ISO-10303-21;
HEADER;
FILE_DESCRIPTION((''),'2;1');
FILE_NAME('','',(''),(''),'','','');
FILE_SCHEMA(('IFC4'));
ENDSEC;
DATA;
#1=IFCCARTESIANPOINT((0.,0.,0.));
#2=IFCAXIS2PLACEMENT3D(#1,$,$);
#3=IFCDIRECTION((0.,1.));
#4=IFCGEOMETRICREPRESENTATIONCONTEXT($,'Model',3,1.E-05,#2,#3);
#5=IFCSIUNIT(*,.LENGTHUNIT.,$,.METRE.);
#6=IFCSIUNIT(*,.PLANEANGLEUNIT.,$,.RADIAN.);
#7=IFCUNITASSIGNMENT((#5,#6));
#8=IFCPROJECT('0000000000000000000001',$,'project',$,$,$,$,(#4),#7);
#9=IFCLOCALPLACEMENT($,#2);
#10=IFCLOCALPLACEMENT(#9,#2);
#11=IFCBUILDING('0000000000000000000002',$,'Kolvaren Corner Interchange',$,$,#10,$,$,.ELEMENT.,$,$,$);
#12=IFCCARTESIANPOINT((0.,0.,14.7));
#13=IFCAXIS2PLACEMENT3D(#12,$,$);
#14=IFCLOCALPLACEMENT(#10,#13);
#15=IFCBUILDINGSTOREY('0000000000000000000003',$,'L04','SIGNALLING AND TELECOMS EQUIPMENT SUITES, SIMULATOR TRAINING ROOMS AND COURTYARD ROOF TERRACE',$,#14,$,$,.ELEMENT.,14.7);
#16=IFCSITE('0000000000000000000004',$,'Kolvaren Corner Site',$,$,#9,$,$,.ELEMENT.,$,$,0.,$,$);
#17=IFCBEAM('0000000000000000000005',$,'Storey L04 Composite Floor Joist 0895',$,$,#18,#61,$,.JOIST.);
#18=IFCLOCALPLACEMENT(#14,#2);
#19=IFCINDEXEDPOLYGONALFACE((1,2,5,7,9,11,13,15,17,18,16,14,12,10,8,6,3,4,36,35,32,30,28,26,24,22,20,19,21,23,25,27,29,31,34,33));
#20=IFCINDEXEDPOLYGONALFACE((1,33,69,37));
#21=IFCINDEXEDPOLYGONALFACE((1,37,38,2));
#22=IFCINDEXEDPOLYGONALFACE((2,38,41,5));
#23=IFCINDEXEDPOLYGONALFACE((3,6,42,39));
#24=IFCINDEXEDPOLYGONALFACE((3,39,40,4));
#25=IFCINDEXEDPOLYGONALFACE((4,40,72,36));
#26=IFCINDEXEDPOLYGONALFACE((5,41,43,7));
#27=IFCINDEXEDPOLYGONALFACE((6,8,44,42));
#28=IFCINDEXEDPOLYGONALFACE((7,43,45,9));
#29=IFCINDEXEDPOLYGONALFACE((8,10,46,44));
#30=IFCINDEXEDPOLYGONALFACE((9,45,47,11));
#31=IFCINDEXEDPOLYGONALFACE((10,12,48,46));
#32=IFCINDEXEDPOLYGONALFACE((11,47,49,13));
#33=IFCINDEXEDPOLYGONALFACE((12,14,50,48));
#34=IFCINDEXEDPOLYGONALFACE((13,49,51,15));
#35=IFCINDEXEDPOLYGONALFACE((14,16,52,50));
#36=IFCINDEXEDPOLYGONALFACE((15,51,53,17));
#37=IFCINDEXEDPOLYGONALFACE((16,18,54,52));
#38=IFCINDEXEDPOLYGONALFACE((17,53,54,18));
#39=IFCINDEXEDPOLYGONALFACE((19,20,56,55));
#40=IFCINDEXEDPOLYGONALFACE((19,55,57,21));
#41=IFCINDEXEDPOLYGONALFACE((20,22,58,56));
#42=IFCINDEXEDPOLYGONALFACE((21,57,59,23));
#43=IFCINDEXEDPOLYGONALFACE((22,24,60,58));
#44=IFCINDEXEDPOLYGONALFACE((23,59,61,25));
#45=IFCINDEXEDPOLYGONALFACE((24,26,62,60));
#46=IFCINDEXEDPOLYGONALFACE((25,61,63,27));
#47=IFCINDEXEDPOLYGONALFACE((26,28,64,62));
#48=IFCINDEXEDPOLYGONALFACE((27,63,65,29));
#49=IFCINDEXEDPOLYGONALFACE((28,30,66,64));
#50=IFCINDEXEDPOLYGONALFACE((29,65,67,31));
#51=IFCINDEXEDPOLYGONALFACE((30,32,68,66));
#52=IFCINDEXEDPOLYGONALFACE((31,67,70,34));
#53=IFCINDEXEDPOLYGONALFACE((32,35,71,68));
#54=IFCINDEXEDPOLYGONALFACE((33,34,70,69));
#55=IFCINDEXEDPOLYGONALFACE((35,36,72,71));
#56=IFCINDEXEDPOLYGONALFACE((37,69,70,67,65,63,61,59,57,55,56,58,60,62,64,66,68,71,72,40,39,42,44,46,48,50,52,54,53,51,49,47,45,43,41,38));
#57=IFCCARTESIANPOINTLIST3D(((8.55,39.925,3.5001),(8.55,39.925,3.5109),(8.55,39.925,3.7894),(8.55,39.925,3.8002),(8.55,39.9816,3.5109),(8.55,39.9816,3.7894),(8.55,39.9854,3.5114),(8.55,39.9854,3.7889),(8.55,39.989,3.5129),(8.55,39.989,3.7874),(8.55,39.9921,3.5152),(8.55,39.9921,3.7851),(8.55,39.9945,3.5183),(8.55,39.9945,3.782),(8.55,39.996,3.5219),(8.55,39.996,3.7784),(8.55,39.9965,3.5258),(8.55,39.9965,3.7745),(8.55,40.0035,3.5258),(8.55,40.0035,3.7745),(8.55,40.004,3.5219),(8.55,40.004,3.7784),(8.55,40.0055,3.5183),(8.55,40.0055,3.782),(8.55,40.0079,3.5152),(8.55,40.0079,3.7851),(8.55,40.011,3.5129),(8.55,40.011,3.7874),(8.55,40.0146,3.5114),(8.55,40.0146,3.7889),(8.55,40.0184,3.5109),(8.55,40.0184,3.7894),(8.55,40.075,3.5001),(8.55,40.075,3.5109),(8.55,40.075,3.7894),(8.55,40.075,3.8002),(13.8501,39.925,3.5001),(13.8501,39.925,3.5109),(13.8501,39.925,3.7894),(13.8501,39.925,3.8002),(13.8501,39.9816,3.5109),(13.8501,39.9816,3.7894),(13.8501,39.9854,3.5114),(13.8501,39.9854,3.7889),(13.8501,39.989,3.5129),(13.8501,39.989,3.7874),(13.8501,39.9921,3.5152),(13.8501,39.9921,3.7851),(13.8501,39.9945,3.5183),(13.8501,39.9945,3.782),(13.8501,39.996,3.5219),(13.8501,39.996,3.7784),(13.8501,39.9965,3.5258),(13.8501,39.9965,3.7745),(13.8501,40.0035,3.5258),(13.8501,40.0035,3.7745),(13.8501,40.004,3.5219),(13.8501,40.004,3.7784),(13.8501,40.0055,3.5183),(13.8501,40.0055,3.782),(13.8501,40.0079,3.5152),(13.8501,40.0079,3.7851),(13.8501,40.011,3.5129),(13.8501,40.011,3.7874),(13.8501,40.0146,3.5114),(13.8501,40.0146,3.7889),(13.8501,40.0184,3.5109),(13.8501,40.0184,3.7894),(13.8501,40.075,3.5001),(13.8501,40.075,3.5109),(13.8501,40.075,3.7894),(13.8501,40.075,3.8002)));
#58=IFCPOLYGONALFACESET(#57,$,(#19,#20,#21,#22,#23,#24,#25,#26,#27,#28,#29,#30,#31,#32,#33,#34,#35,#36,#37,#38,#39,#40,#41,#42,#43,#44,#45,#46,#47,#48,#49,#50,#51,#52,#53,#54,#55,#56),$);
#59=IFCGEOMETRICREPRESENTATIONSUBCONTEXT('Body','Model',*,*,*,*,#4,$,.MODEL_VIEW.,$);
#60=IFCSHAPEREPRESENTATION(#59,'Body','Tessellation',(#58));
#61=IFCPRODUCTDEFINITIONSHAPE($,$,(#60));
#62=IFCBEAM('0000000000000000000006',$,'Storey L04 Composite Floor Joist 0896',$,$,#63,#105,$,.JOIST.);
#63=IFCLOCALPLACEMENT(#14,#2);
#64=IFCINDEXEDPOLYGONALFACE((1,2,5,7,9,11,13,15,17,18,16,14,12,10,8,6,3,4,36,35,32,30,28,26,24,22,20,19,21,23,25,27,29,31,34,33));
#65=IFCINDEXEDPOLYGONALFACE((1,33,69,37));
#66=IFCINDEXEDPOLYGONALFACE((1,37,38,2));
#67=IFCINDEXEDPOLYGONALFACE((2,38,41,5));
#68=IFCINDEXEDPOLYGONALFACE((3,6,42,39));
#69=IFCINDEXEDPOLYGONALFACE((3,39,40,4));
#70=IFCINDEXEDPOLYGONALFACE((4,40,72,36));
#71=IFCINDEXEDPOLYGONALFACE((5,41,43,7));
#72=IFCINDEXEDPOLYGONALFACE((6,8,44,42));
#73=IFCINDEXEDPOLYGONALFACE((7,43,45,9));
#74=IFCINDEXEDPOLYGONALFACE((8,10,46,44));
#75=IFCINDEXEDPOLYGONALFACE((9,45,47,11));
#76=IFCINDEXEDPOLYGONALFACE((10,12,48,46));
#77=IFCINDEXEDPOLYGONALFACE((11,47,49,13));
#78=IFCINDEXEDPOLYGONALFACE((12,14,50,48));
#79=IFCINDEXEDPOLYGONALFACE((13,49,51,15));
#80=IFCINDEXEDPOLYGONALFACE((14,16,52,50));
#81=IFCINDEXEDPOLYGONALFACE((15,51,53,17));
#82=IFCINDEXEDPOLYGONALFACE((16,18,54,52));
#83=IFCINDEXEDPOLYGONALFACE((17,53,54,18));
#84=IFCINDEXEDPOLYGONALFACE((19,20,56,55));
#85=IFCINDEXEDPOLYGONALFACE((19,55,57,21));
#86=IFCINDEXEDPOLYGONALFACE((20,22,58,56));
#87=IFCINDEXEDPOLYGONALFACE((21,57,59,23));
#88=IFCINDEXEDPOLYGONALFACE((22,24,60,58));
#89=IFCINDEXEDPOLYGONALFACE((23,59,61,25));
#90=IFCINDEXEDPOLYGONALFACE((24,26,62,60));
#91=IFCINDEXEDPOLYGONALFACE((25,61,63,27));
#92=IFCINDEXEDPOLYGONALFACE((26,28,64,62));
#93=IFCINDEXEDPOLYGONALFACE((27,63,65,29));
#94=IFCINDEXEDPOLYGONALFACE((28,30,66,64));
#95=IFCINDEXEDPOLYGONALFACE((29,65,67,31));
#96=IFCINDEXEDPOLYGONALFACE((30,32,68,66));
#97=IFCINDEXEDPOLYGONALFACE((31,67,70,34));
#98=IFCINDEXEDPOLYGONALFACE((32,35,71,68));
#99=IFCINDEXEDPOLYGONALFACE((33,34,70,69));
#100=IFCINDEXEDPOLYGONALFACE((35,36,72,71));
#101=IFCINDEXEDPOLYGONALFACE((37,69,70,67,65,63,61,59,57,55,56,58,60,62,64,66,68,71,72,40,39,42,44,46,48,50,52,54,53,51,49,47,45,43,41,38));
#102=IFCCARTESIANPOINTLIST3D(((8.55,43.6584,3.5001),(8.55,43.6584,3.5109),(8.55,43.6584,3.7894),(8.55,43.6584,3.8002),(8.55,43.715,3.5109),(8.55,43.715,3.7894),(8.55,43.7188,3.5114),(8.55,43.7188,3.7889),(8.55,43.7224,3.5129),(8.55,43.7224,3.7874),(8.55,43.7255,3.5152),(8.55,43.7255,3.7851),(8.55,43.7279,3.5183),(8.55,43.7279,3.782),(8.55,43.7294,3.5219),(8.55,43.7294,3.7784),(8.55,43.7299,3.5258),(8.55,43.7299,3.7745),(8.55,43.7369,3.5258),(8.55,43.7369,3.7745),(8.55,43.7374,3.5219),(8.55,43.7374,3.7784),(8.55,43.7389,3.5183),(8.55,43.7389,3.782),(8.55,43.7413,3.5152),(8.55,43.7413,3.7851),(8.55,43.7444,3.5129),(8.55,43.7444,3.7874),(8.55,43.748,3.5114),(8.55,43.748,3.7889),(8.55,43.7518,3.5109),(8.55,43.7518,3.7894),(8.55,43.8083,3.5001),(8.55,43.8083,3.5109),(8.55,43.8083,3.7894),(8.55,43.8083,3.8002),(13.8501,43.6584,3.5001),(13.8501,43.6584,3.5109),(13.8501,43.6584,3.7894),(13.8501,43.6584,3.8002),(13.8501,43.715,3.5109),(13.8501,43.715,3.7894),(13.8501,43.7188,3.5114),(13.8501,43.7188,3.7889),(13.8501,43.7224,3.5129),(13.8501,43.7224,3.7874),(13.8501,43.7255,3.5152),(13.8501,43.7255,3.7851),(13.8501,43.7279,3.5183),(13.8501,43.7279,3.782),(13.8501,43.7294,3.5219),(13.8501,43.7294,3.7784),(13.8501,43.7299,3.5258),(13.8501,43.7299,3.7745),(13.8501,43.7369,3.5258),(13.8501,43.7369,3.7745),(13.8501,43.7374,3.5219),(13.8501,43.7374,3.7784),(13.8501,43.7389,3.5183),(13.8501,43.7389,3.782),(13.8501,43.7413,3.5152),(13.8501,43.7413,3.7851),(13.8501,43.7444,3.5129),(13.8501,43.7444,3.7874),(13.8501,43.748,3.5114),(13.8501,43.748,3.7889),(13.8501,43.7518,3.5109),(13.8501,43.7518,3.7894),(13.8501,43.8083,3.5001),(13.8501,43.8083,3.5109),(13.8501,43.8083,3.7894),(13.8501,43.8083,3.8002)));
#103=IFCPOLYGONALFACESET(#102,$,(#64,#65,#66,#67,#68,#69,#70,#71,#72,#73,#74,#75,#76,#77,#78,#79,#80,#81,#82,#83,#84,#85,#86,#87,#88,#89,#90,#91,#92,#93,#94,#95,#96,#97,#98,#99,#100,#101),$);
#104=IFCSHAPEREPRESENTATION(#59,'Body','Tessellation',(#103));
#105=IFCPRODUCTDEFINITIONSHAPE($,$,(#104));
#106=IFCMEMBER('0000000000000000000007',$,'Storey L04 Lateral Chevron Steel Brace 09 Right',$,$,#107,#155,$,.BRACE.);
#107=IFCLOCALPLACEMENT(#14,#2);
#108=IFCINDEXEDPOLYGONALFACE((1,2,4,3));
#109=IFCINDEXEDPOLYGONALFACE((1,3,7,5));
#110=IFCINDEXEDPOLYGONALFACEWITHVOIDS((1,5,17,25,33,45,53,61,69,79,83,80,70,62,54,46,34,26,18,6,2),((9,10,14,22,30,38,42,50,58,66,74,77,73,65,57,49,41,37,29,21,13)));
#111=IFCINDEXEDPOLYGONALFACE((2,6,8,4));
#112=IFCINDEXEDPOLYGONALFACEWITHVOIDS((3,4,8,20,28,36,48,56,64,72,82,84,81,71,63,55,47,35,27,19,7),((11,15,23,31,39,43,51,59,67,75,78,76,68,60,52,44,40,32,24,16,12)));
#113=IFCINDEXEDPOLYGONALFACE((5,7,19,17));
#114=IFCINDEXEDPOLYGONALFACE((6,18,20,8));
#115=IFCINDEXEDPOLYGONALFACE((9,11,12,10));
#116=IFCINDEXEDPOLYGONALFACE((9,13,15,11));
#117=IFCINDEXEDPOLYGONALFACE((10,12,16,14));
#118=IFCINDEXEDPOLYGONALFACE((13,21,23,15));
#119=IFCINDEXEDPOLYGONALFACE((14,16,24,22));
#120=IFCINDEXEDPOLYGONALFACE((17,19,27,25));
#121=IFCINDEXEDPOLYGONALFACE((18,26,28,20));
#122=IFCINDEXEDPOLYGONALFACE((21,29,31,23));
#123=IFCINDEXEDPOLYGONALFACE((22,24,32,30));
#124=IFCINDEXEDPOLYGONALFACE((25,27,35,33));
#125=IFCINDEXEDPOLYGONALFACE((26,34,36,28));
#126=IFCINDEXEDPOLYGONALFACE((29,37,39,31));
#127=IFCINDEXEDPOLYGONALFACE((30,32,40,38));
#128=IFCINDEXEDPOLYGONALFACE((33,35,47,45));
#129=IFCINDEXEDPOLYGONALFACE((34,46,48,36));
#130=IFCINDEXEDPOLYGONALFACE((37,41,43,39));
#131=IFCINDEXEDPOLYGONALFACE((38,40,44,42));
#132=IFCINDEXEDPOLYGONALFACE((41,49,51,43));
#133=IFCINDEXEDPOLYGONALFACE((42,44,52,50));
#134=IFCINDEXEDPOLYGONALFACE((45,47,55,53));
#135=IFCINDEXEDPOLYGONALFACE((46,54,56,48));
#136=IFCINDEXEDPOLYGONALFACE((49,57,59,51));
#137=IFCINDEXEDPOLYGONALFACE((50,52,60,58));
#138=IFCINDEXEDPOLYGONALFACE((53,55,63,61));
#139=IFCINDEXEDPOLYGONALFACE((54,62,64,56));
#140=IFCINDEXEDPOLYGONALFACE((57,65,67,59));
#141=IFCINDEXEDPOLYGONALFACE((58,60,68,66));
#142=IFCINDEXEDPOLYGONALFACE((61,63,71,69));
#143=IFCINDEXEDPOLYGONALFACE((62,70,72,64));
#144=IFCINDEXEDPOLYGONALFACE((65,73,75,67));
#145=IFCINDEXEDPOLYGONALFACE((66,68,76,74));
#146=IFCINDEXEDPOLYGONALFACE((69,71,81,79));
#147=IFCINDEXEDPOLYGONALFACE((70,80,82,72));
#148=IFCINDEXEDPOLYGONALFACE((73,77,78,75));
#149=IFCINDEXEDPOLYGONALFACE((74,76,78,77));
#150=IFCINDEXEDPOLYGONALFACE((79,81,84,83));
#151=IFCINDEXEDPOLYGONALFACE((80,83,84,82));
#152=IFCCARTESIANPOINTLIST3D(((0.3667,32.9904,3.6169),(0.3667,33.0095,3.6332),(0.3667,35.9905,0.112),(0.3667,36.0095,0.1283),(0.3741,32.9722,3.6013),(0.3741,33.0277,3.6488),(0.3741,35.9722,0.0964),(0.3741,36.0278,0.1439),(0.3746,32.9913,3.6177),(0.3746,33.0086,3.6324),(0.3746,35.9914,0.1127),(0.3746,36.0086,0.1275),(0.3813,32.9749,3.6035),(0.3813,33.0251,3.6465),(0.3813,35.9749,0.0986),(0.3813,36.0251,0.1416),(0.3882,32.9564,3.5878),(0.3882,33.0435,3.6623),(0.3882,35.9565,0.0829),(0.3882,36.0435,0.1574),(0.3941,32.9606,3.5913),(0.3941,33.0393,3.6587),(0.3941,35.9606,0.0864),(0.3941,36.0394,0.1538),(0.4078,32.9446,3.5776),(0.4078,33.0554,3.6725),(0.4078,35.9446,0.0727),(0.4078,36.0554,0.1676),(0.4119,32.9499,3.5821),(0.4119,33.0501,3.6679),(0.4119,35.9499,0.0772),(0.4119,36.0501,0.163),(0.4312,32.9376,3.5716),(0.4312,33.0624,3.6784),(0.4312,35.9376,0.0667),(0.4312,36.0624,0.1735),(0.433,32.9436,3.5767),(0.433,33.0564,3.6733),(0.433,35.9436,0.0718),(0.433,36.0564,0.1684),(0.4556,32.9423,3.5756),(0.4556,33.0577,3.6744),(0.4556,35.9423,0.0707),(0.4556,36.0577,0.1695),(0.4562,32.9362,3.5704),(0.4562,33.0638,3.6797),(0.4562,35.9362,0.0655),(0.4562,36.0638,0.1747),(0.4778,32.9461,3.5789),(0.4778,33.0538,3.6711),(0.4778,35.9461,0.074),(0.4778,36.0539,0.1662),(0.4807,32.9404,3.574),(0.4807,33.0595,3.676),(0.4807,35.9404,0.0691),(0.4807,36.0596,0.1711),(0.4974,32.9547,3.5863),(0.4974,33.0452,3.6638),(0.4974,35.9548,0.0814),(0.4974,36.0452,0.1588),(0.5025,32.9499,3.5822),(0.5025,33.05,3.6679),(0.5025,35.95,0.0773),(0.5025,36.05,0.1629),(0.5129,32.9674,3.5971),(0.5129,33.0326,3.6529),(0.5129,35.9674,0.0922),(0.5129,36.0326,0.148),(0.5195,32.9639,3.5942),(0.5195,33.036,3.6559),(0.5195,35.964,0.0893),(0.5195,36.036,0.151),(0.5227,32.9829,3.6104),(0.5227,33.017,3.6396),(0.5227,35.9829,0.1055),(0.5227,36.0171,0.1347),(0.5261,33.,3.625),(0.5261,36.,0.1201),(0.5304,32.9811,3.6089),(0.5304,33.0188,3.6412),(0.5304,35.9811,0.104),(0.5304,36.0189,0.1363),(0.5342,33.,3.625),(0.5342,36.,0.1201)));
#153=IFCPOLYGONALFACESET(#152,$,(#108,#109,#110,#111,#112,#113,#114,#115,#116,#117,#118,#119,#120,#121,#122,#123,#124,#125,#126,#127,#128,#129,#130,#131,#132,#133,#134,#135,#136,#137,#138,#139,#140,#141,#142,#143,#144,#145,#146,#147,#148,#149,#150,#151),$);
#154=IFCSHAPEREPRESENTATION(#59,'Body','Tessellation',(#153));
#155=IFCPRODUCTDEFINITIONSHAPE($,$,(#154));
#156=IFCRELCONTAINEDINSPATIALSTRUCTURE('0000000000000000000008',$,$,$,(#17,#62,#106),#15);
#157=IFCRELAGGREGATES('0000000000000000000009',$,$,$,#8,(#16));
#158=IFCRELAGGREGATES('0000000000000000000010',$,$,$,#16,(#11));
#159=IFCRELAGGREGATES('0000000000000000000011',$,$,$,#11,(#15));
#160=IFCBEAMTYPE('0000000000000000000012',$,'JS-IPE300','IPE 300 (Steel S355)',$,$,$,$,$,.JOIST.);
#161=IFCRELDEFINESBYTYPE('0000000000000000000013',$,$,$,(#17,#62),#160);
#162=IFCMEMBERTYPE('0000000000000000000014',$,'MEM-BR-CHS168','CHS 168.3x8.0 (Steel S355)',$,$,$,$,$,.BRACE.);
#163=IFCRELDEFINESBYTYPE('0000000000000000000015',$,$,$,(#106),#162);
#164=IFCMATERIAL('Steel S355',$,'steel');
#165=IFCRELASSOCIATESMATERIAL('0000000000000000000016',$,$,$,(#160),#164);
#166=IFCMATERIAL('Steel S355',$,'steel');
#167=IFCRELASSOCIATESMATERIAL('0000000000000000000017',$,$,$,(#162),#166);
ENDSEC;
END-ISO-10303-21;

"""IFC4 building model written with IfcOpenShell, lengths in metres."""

from ifc_helpers import new_model, si_unit, direction, frame, origin, origin_2d, place, context, subcontext, project, spatial, hollow_circle, i_section, extrude, material, material_profile, profile_set, type_object, element, save


model = new_model("IFC4")

# Units and contexts
model_context = context("Model", 3, precision=1e-05, world=origin(), true_north=direction((0.0, 1.0)))
body_context = subcontext(model_context, "Body", "Model", "MODEL_VIEW")
ifc_project = project(units=[si_unit("LENGTHUNIT", "METRE"), si_unit("PLANEANGLEUNIT", "RADIAN")], contexts=[model_context])

# Site, building, storey
site_placement = place(None, origin())
site = spatial("IfcSite", under=ifc_project, at=site_placement, Name="Kolvaren Corner Site", CompositionType="ELEMENT", RefElevation=0.0)
building_placement = place(site_placement, origin())
building = spatial("IfcBuilding", under=site, at=building_placement, Name="Kolvaren Corner Interchange", CompositionType="ELEMENT")
storey_placement = place(building_placement, frame((0.0, 0.0, 14.7)))
storey = spatial("IfcBuildingStorey", under=building, at=storey_placement, Name="L04", Description="SIGNALLING AND TELECOMS EQUIPMENT SUITES, SIMULATOR TRAINING ROOMS AND COURTYARD ROOF TERRACE", CompositionType="ELEMENT", Elevation=14.7)

# Beams
ifc_material_1 = material(Name="Steel S355", Category="steel")
ifc_material_profile_1 = material_profile(ifc_material_1, i_section(OverallWidth=0.1499, OverallDepth=0.3, WebThickness=0.0071, FlangeThickness=0.0107, FilletRadius=0.0149, at=origin_2d()), Name="IPE 300")
ifc_profile_set_1 = profile_set([ifc_material_profile_1], Name="Steel S355")
beam_type_1 = type_object("IfcBeamType", Name="JS-IPE300", Description="IPE 300 (Steel S355)", PredefinedType="JOIST", material=ifc_profile_set_1)
for number, where, z_axis, x_axis, name in (
    (1, (8.55, 40.0, 3.6501), (1.0, 0.0, 0.0), (0.0, 1.0, 0.0), "Storey L04 Composite Floor Joist 0895"),
    (2, (8.55, 43.7334, 3.6501), (1.0, 0.0, 0.0), (0.0, 1.0, 0.0), "Storey L04 Composite Floor Joist 0896"),
):
    element("IfcBeam", number, at=place(storey_placement, frame(where, z_axis=z_axis, x_axis=x_axis)), inside=storey, type_object=beam_type_1, Name=name, PredefinedType="JOIST", context=body_context, shape_type="SweptSolid", body=[
        extrude(i_section(OverallWidth=0.1499, OverallDepth=0.3, WebThickness=0.0071, FlangeThickness=0.0107, FilletRadius=0.0149, at=origin_2d()), origin(), (0.0, 0.0, 1.0), 5.3),
    ])

# Member
ifc_material_2 = material(Name="Steel S355", Category="steel")
ifc_material_profile_2 = material_profile(ifc_material_2, hollow_circle(Radius=0.0842, WallThickness=0.0081, at=origin_2d()), Name="CHS 168.3x8.0")
ifc_profile_set_2 = profile_set([ifc_material_profile_2], Name="Steel S355")
member_type = type_object("IfcMemberType", Name="MEM-BR-CHS168", Description="CHS 168.3x8.0 (Steel S355)", PredefinedType="BRACE", material=ifc_profile_set_2)
member_placement = place(storey_placement, frame((0.45, 36.0, 0.1201), z_axis=(0.0, -0.650268, 0.759705), x_axis=(1.0, 0.0, 0.0)))
element("IfcMember", 3, at=member_placement, inside=storey, type_object=member_type, Name="Storey L04 Lateral Chevron Steel Brace 09 Right", PredefinedType="BRACE", context=body_context, shape_type="SweptSolid", body=[
    extrude(hollow_circle(Radius=0.0842, WallThickness=0.0081, at=origin_2d()), origin(), (0.0, 0.0, 1.0), 4.6135),
])

save(model, "model.ifc")
